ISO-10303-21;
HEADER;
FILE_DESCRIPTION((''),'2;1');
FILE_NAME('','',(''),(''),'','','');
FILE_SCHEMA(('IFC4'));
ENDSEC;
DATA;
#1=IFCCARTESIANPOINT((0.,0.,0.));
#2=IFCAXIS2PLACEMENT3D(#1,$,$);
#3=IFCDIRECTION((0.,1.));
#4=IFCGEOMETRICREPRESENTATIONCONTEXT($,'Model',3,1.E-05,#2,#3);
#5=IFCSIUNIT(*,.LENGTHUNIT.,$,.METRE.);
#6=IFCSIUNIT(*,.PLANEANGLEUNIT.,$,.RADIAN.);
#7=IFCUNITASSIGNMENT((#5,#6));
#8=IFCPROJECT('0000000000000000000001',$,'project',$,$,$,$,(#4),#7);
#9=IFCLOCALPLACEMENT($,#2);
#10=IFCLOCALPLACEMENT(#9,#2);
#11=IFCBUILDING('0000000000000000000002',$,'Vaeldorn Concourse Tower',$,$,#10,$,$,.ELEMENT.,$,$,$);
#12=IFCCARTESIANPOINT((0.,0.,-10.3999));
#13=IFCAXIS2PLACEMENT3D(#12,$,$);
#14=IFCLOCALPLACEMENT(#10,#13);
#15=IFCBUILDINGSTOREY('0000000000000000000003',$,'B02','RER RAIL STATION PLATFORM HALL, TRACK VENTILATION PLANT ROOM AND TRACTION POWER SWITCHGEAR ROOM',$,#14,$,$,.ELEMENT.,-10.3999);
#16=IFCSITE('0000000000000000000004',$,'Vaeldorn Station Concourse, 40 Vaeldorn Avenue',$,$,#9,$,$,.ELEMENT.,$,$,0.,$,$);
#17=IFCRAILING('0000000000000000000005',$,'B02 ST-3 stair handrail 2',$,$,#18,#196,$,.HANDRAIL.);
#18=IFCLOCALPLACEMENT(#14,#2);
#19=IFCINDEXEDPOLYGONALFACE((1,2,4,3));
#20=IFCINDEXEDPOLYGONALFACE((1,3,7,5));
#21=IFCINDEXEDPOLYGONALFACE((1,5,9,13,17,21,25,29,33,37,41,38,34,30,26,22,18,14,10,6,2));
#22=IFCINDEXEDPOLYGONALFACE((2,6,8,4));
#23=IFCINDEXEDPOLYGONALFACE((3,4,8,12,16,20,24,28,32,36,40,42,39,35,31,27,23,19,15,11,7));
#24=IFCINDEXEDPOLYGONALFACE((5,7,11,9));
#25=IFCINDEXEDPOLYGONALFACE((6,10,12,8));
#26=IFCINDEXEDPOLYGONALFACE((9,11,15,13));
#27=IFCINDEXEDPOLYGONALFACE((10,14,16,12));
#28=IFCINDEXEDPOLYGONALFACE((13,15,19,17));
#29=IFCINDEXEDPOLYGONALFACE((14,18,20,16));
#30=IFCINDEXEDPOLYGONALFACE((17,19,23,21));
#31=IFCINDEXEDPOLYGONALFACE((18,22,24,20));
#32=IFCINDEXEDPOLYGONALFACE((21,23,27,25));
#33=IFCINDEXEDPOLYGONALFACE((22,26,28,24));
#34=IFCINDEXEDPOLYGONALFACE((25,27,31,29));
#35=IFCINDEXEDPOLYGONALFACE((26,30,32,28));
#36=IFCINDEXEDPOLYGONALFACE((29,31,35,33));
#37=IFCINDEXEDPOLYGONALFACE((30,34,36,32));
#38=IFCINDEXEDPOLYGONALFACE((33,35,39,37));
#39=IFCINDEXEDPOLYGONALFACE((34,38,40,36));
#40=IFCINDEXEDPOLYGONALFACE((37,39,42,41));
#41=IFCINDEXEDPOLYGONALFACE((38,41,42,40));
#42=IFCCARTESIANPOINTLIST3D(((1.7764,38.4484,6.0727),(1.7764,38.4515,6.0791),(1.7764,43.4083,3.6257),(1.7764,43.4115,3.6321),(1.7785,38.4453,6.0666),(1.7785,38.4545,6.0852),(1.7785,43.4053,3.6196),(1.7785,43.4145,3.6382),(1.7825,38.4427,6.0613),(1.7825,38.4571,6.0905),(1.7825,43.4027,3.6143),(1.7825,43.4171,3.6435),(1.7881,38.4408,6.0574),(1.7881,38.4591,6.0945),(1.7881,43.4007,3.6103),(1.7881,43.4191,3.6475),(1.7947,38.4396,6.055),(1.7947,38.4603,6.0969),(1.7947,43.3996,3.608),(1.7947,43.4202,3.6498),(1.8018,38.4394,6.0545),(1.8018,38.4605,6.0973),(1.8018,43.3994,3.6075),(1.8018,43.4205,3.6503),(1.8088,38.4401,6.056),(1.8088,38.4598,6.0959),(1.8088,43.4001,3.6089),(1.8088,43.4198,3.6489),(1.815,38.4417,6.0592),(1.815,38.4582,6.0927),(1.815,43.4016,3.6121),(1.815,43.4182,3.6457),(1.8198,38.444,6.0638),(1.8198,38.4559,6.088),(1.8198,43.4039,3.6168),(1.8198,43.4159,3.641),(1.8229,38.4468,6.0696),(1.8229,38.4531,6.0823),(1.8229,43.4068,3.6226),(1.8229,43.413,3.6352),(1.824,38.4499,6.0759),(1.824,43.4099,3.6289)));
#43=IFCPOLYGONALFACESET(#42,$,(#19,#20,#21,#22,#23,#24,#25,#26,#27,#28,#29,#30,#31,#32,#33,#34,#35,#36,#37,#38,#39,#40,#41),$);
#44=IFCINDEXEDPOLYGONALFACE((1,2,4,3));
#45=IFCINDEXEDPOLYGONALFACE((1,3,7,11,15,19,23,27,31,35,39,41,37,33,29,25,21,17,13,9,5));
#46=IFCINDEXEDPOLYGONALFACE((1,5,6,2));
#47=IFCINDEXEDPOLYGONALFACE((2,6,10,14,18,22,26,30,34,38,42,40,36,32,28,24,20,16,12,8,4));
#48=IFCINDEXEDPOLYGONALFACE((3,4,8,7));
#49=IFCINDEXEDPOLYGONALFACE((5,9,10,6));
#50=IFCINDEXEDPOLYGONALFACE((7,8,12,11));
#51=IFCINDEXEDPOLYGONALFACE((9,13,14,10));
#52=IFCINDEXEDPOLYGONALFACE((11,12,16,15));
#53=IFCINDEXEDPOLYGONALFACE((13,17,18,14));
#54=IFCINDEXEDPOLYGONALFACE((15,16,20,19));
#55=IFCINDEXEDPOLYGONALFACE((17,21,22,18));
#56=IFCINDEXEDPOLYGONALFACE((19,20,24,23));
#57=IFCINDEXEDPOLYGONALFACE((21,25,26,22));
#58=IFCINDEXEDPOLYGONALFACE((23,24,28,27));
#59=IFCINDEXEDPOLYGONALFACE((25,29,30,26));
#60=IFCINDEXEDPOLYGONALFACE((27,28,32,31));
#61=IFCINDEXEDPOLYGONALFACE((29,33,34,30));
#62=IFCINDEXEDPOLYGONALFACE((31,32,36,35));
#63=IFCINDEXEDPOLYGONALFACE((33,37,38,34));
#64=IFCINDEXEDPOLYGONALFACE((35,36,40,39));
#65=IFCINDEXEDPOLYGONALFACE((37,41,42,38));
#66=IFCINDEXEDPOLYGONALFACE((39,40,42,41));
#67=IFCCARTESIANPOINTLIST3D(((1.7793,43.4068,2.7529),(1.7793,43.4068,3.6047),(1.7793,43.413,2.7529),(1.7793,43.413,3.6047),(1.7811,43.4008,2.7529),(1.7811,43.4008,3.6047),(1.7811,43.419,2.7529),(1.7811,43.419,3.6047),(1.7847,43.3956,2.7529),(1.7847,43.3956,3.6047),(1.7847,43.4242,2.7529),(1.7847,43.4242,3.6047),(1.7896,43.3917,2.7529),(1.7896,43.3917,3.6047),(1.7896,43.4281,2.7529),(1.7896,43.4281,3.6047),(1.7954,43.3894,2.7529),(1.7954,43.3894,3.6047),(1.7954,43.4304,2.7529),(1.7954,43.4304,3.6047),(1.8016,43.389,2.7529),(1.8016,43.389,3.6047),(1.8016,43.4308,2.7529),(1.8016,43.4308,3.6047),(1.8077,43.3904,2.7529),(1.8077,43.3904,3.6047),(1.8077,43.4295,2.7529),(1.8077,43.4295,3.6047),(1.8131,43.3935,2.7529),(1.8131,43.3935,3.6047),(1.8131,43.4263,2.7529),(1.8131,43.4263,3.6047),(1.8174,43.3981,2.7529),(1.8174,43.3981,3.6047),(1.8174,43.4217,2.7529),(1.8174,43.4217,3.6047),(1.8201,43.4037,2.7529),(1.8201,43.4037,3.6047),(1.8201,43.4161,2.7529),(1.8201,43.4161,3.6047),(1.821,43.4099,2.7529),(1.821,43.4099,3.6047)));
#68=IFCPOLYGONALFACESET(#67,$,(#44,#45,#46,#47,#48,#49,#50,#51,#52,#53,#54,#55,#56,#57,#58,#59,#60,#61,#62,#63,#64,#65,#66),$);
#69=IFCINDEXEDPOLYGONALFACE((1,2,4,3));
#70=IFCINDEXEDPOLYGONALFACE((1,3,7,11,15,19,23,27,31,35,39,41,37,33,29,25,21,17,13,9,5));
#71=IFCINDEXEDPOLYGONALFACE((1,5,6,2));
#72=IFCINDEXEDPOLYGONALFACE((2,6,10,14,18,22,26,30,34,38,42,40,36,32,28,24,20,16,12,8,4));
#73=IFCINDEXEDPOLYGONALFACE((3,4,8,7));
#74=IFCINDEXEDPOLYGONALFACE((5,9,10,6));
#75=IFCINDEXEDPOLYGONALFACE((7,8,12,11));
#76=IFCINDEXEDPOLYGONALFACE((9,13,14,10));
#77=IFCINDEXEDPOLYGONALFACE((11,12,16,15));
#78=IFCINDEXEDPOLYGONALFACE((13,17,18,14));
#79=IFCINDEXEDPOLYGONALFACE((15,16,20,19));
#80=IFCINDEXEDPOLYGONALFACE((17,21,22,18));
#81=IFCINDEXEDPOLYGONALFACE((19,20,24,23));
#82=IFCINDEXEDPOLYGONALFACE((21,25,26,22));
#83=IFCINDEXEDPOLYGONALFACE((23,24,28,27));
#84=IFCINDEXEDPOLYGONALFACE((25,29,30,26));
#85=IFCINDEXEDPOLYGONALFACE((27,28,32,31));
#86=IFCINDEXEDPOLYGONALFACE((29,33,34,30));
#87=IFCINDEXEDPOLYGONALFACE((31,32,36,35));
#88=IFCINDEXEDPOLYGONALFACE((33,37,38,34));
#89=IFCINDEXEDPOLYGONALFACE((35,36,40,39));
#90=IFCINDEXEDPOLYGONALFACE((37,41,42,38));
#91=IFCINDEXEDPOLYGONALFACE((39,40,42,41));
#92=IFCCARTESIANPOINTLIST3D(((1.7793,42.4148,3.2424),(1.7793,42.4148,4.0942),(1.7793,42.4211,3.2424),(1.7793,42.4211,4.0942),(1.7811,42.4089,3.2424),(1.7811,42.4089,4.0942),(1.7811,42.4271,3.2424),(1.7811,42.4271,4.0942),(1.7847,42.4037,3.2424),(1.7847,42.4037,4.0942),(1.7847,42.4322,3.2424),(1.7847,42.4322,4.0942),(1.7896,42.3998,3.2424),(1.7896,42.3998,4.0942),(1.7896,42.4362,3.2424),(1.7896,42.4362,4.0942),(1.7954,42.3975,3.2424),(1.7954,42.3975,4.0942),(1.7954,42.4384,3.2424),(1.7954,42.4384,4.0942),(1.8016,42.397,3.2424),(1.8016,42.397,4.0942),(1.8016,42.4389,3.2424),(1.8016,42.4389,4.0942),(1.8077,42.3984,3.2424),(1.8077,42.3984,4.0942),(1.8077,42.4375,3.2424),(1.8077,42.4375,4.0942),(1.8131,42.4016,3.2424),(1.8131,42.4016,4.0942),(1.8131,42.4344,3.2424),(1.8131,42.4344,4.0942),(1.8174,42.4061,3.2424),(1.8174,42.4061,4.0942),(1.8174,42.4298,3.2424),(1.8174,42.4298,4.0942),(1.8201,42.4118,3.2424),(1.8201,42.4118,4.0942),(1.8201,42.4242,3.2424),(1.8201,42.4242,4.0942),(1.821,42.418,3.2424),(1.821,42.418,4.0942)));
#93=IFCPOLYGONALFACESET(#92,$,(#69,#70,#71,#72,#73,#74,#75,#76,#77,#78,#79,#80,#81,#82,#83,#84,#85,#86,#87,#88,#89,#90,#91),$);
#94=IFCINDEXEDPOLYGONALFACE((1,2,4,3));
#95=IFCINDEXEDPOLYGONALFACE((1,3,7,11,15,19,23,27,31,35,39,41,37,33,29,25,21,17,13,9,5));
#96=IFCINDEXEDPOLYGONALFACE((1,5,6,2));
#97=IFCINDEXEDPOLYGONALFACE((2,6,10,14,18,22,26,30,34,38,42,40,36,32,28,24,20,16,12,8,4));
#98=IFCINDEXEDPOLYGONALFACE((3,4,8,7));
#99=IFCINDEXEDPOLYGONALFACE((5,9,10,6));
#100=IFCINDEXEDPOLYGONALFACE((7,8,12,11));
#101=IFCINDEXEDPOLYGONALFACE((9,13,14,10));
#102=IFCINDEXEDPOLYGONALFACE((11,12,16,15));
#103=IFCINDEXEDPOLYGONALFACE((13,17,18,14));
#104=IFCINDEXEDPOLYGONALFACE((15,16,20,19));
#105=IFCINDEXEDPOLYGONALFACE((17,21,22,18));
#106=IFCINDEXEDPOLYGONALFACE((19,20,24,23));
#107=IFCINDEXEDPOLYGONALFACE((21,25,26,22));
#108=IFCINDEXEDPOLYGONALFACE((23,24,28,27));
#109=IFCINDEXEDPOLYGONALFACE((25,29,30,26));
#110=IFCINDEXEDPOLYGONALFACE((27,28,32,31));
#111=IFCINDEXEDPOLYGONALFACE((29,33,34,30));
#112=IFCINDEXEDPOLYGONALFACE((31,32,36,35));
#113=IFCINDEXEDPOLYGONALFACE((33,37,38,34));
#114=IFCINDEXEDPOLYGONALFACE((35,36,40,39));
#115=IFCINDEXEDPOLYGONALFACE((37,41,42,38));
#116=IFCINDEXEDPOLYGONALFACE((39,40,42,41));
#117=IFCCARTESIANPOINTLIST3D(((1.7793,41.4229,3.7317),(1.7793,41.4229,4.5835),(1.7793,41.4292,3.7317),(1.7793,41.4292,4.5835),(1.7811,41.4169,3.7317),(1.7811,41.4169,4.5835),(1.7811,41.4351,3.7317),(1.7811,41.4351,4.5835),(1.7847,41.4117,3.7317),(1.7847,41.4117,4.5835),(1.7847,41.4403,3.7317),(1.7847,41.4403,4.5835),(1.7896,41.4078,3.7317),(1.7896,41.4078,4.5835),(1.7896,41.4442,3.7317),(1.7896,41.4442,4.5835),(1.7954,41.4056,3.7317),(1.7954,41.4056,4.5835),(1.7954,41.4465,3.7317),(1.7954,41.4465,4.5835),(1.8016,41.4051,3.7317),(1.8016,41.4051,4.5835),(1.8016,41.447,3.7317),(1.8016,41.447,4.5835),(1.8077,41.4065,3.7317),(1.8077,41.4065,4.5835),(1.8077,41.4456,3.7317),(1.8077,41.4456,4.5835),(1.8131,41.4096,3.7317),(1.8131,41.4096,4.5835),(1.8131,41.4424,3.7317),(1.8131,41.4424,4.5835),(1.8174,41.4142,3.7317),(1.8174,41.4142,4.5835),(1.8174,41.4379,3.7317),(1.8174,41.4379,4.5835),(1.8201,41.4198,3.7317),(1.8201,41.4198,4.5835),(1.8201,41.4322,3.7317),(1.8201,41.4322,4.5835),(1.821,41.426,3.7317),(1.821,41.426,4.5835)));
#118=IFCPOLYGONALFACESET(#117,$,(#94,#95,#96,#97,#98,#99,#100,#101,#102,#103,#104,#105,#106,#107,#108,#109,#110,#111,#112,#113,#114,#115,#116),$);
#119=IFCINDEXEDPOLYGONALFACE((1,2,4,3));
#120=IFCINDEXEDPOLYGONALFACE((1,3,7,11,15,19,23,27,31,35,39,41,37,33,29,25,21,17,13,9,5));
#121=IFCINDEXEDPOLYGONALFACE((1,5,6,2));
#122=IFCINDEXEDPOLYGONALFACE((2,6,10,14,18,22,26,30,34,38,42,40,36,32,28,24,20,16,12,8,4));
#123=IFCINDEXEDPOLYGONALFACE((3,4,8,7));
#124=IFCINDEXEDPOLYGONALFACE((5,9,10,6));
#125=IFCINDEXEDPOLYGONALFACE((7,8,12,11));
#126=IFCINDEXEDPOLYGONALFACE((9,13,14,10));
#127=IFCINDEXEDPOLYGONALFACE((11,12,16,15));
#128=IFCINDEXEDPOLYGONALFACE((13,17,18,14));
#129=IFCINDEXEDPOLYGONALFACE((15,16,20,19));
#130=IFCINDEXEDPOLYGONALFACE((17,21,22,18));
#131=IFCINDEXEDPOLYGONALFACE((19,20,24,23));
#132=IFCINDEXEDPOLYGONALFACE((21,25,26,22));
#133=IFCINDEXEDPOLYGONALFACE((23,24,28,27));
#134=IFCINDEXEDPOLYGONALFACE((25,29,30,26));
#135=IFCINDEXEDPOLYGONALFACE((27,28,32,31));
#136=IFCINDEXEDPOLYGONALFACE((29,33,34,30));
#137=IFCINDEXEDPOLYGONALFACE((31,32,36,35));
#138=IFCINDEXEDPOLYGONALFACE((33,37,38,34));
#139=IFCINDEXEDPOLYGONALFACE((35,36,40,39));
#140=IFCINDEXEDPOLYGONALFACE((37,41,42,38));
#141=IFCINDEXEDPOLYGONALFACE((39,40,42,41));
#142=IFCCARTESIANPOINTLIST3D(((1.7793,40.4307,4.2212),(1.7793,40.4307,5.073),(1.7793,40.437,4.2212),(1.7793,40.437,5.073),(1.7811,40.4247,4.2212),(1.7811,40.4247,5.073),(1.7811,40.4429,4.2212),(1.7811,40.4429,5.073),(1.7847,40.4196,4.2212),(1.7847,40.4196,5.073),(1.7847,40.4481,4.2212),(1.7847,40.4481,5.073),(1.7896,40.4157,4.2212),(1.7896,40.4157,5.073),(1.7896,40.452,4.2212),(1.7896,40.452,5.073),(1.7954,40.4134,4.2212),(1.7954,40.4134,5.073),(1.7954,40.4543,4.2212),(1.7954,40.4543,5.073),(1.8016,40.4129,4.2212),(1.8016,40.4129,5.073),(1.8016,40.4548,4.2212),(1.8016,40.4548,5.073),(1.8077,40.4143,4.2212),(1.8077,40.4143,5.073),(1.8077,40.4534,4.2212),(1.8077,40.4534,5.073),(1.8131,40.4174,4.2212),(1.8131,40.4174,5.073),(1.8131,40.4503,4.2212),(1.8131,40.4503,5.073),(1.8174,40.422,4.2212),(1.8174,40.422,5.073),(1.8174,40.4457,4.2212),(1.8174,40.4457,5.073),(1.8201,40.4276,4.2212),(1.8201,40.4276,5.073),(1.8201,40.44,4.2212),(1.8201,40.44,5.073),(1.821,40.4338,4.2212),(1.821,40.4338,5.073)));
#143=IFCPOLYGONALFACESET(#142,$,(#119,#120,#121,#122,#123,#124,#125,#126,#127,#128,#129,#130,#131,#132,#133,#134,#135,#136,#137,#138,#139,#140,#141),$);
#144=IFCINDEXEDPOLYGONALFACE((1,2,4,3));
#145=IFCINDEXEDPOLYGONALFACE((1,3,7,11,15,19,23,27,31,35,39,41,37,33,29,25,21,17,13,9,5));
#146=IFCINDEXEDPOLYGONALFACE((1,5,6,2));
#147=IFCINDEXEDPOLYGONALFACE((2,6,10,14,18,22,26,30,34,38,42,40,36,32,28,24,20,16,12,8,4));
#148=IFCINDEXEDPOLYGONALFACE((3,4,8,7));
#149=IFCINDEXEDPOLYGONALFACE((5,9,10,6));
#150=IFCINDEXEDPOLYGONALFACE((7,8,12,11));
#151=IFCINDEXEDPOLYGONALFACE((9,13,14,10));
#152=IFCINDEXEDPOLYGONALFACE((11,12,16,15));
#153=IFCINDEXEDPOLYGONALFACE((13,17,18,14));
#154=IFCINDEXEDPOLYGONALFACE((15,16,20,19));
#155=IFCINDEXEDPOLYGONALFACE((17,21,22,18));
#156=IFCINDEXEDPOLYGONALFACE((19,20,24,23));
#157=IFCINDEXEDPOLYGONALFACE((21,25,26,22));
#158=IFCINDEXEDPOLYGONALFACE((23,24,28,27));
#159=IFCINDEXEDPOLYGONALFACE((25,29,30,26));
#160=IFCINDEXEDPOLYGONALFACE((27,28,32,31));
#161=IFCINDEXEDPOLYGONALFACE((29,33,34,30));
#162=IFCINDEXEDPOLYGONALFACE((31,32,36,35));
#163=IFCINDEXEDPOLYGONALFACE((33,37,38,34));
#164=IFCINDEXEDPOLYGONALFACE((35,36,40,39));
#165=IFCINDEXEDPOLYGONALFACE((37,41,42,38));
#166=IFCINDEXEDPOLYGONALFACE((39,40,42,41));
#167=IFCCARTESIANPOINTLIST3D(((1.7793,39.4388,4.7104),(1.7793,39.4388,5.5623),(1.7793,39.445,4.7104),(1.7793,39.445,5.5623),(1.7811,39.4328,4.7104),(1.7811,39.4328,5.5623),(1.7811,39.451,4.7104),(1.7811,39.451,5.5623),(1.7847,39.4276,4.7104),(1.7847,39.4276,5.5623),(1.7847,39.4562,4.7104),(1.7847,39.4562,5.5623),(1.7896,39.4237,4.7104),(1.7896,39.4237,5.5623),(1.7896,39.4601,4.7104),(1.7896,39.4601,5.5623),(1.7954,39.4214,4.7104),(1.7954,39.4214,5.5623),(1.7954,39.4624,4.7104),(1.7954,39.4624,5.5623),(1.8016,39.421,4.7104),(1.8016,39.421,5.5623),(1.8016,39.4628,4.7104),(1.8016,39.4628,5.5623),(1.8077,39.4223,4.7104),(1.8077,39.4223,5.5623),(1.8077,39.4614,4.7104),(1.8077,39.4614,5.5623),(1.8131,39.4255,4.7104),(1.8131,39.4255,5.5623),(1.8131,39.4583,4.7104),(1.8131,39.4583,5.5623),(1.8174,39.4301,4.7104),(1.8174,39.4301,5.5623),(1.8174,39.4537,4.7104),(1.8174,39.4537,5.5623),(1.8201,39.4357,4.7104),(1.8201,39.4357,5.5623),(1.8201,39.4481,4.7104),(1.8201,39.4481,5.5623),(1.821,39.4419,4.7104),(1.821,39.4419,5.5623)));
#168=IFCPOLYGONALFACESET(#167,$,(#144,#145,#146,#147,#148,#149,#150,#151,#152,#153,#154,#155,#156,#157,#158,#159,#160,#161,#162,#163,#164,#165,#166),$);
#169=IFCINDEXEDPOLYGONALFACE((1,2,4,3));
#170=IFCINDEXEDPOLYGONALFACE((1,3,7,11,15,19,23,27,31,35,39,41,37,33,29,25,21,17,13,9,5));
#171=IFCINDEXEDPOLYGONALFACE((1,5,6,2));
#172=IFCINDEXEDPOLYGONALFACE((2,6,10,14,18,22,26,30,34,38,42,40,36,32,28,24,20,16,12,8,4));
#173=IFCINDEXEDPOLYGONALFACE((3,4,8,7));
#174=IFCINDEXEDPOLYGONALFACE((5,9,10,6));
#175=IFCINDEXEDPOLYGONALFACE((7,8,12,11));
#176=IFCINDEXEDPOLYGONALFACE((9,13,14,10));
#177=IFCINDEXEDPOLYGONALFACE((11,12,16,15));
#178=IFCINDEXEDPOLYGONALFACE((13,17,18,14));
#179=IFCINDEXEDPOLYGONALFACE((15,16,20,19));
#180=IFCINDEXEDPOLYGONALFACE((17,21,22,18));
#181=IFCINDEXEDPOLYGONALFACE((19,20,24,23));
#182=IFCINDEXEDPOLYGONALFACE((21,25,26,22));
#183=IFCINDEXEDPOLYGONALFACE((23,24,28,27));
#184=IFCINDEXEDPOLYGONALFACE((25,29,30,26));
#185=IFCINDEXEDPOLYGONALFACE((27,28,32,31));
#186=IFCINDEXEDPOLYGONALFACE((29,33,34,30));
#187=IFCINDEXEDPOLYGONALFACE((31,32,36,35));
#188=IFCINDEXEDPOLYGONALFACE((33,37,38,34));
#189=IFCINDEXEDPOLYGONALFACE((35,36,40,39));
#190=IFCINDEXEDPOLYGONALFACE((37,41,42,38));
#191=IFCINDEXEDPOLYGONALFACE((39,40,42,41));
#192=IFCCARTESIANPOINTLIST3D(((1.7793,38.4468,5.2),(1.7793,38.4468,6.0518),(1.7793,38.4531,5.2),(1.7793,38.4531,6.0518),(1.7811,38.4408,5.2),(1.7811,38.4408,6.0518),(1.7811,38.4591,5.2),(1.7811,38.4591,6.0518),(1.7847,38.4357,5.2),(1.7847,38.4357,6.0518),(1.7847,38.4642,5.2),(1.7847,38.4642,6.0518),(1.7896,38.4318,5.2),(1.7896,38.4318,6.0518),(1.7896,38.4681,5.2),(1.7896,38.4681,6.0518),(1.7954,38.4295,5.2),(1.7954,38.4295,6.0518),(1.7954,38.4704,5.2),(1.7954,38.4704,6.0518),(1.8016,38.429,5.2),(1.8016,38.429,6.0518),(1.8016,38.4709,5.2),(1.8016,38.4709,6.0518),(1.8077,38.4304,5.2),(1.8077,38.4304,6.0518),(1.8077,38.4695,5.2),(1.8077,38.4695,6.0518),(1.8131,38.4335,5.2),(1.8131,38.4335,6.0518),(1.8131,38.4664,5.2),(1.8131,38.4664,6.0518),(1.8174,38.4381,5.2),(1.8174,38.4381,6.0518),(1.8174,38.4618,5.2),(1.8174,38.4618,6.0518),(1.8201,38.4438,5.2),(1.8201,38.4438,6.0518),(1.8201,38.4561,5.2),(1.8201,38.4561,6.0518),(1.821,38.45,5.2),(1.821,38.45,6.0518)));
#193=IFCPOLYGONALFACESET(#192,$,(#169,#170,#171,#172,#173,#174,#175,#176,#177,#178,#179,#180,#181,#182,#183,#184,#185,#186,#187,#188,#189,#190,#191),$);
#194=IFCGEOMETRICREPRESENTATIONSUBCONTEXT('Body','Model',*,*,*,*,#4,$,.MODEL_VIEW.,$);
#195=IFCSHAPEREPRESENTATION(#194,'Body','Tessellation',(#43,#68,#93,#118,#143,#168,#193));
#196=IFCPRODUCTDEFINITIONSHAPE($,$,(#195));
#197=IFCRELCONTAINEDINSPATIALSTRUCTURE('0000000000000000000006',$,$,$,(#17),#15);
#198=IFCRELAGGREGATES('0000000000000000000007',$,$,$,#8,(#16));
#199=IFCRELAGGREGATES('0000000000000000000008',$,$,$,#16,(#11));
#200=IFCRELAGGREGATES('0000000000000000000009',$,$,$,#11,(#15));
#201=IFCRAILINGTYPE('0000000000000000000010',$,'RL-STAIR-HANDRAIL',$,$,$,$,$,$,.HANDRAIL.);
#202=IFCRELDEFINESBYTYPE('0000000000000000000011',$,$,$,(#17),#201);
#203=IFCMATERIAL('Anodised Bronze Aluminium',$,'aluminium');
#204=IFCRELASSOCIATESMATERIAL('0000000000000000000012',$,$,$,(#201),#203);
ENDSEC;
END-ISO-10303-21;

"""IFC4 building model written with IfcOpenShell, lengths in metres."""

from ifc_helpers import new_model, si_unit, direction, frame, origin, origin_2d, place, context, subcontext, project, spatial, circle, extrude, material, type_object, element, save


model = new_model("IFC4")

# Units and contexts
model_context = context("Model", 3, precision=1e-05, world=origin(), true_north=direction((0.0, 1.0)))
body_context = subcontext(model_context, "Body", "Model", "MODEL_VIEW")
ifc_project = project(units=[si_unit("LENGTHUNIT", "METRE"), si_unit("PLANEANGLEUNIT", "RADIAN")], contexts=[model_context])

# Site, building, storey
site_placement = place(None, origin())
site = spatial("IfcSite", under=ifc_project, at=site_placement, Name="Vaeldorn Station Concourse, 40 Vaeldorn Avenue", CompositionType="ELEMENT", RefElevation=0.0)
building_placement = place(site_placement, origin())
building = spatial("IfcBuilding", under=site, at=building_placement, Name="Vaeldorn Concourse Tower", CompositionType="ELEMENT")
storey_placement = place(building_placement, frame((0.0, 0.0, -10.3999)))
storey = spatial("IfcBuildingStorey", under=building, at=storey_placement, Name="B02", Description="RER RAIL STATION PLATFORM HALL, TRACK VENTILATION PLANT ROOM AND TRACTION POWER SWITCHGEAR ROOM", CompositionType="ELEMENT", Elevation=-10.3999)

# Railing
ifc_material_1 = material(Name="Anodised Bronze Aluminium", Category="aluminium")
railing_type_1 = type_object("IfcRailingType", Name="RL-STAIR-HANDRAIL", PredefinedType="HANDRAIL", material=ifc_material_1)
railing_1_placement = place(storey_placement, frame((1.8, 43.4099, 2.7529)))
element("IfcRailing", 1, at=railing_1_placement, inside=storey, type_object=railing_type_1, Name="B02 ST-3 stair handrail 2", PredefinedType="HANDRAIL", context=body_context, shape_type="SweptSolid", body=[
    extrude(circle(Radius=0.0239, at=origin_2d()), frame((0.0, 0.0, 0.876), z_axis=(0.0, -0.896798, 0.44244), x_axis=(1.0, 0.0, 0.0)), (0.0, 0.0, 1.0), 5.5308),
    extrude(circle(Radius=0.021, at=origin_2d()), origin(), (0.0, 0.0, 1.0), 0.8518),
    extrude(circle(Radius=0.021, at=origin_2d()), frame((0.0, -0.9919, 0.4895)), (0.0, 0.0, 1.0), 0.8518),
    extrude(circle(Radius=0.021, at=origin_2d()), frame((0.0, -1.9839, 0.9788)), (0.0, 0.0, 1.0), 0.8518),
    extrude(circle(Radius=0.021, at=origin_2d()), frame((0.0, -2.9761, 1.4683)), (0.0, 0.0, 1.0), 0.8518),
    extrude(circle(Radius=0.021, at=origin_2d()), frame((0.0, -3.968, 1.9575)), (0.0, 0.0, 1.0), 0.8518),
    extrude(circle(Radius=0.021, at=origin_2d()), frame((0.0, -4.96, 2.447)), (0.0, 0.0, 1.0), 0.8518),
])

save(model, "model.ifc")
